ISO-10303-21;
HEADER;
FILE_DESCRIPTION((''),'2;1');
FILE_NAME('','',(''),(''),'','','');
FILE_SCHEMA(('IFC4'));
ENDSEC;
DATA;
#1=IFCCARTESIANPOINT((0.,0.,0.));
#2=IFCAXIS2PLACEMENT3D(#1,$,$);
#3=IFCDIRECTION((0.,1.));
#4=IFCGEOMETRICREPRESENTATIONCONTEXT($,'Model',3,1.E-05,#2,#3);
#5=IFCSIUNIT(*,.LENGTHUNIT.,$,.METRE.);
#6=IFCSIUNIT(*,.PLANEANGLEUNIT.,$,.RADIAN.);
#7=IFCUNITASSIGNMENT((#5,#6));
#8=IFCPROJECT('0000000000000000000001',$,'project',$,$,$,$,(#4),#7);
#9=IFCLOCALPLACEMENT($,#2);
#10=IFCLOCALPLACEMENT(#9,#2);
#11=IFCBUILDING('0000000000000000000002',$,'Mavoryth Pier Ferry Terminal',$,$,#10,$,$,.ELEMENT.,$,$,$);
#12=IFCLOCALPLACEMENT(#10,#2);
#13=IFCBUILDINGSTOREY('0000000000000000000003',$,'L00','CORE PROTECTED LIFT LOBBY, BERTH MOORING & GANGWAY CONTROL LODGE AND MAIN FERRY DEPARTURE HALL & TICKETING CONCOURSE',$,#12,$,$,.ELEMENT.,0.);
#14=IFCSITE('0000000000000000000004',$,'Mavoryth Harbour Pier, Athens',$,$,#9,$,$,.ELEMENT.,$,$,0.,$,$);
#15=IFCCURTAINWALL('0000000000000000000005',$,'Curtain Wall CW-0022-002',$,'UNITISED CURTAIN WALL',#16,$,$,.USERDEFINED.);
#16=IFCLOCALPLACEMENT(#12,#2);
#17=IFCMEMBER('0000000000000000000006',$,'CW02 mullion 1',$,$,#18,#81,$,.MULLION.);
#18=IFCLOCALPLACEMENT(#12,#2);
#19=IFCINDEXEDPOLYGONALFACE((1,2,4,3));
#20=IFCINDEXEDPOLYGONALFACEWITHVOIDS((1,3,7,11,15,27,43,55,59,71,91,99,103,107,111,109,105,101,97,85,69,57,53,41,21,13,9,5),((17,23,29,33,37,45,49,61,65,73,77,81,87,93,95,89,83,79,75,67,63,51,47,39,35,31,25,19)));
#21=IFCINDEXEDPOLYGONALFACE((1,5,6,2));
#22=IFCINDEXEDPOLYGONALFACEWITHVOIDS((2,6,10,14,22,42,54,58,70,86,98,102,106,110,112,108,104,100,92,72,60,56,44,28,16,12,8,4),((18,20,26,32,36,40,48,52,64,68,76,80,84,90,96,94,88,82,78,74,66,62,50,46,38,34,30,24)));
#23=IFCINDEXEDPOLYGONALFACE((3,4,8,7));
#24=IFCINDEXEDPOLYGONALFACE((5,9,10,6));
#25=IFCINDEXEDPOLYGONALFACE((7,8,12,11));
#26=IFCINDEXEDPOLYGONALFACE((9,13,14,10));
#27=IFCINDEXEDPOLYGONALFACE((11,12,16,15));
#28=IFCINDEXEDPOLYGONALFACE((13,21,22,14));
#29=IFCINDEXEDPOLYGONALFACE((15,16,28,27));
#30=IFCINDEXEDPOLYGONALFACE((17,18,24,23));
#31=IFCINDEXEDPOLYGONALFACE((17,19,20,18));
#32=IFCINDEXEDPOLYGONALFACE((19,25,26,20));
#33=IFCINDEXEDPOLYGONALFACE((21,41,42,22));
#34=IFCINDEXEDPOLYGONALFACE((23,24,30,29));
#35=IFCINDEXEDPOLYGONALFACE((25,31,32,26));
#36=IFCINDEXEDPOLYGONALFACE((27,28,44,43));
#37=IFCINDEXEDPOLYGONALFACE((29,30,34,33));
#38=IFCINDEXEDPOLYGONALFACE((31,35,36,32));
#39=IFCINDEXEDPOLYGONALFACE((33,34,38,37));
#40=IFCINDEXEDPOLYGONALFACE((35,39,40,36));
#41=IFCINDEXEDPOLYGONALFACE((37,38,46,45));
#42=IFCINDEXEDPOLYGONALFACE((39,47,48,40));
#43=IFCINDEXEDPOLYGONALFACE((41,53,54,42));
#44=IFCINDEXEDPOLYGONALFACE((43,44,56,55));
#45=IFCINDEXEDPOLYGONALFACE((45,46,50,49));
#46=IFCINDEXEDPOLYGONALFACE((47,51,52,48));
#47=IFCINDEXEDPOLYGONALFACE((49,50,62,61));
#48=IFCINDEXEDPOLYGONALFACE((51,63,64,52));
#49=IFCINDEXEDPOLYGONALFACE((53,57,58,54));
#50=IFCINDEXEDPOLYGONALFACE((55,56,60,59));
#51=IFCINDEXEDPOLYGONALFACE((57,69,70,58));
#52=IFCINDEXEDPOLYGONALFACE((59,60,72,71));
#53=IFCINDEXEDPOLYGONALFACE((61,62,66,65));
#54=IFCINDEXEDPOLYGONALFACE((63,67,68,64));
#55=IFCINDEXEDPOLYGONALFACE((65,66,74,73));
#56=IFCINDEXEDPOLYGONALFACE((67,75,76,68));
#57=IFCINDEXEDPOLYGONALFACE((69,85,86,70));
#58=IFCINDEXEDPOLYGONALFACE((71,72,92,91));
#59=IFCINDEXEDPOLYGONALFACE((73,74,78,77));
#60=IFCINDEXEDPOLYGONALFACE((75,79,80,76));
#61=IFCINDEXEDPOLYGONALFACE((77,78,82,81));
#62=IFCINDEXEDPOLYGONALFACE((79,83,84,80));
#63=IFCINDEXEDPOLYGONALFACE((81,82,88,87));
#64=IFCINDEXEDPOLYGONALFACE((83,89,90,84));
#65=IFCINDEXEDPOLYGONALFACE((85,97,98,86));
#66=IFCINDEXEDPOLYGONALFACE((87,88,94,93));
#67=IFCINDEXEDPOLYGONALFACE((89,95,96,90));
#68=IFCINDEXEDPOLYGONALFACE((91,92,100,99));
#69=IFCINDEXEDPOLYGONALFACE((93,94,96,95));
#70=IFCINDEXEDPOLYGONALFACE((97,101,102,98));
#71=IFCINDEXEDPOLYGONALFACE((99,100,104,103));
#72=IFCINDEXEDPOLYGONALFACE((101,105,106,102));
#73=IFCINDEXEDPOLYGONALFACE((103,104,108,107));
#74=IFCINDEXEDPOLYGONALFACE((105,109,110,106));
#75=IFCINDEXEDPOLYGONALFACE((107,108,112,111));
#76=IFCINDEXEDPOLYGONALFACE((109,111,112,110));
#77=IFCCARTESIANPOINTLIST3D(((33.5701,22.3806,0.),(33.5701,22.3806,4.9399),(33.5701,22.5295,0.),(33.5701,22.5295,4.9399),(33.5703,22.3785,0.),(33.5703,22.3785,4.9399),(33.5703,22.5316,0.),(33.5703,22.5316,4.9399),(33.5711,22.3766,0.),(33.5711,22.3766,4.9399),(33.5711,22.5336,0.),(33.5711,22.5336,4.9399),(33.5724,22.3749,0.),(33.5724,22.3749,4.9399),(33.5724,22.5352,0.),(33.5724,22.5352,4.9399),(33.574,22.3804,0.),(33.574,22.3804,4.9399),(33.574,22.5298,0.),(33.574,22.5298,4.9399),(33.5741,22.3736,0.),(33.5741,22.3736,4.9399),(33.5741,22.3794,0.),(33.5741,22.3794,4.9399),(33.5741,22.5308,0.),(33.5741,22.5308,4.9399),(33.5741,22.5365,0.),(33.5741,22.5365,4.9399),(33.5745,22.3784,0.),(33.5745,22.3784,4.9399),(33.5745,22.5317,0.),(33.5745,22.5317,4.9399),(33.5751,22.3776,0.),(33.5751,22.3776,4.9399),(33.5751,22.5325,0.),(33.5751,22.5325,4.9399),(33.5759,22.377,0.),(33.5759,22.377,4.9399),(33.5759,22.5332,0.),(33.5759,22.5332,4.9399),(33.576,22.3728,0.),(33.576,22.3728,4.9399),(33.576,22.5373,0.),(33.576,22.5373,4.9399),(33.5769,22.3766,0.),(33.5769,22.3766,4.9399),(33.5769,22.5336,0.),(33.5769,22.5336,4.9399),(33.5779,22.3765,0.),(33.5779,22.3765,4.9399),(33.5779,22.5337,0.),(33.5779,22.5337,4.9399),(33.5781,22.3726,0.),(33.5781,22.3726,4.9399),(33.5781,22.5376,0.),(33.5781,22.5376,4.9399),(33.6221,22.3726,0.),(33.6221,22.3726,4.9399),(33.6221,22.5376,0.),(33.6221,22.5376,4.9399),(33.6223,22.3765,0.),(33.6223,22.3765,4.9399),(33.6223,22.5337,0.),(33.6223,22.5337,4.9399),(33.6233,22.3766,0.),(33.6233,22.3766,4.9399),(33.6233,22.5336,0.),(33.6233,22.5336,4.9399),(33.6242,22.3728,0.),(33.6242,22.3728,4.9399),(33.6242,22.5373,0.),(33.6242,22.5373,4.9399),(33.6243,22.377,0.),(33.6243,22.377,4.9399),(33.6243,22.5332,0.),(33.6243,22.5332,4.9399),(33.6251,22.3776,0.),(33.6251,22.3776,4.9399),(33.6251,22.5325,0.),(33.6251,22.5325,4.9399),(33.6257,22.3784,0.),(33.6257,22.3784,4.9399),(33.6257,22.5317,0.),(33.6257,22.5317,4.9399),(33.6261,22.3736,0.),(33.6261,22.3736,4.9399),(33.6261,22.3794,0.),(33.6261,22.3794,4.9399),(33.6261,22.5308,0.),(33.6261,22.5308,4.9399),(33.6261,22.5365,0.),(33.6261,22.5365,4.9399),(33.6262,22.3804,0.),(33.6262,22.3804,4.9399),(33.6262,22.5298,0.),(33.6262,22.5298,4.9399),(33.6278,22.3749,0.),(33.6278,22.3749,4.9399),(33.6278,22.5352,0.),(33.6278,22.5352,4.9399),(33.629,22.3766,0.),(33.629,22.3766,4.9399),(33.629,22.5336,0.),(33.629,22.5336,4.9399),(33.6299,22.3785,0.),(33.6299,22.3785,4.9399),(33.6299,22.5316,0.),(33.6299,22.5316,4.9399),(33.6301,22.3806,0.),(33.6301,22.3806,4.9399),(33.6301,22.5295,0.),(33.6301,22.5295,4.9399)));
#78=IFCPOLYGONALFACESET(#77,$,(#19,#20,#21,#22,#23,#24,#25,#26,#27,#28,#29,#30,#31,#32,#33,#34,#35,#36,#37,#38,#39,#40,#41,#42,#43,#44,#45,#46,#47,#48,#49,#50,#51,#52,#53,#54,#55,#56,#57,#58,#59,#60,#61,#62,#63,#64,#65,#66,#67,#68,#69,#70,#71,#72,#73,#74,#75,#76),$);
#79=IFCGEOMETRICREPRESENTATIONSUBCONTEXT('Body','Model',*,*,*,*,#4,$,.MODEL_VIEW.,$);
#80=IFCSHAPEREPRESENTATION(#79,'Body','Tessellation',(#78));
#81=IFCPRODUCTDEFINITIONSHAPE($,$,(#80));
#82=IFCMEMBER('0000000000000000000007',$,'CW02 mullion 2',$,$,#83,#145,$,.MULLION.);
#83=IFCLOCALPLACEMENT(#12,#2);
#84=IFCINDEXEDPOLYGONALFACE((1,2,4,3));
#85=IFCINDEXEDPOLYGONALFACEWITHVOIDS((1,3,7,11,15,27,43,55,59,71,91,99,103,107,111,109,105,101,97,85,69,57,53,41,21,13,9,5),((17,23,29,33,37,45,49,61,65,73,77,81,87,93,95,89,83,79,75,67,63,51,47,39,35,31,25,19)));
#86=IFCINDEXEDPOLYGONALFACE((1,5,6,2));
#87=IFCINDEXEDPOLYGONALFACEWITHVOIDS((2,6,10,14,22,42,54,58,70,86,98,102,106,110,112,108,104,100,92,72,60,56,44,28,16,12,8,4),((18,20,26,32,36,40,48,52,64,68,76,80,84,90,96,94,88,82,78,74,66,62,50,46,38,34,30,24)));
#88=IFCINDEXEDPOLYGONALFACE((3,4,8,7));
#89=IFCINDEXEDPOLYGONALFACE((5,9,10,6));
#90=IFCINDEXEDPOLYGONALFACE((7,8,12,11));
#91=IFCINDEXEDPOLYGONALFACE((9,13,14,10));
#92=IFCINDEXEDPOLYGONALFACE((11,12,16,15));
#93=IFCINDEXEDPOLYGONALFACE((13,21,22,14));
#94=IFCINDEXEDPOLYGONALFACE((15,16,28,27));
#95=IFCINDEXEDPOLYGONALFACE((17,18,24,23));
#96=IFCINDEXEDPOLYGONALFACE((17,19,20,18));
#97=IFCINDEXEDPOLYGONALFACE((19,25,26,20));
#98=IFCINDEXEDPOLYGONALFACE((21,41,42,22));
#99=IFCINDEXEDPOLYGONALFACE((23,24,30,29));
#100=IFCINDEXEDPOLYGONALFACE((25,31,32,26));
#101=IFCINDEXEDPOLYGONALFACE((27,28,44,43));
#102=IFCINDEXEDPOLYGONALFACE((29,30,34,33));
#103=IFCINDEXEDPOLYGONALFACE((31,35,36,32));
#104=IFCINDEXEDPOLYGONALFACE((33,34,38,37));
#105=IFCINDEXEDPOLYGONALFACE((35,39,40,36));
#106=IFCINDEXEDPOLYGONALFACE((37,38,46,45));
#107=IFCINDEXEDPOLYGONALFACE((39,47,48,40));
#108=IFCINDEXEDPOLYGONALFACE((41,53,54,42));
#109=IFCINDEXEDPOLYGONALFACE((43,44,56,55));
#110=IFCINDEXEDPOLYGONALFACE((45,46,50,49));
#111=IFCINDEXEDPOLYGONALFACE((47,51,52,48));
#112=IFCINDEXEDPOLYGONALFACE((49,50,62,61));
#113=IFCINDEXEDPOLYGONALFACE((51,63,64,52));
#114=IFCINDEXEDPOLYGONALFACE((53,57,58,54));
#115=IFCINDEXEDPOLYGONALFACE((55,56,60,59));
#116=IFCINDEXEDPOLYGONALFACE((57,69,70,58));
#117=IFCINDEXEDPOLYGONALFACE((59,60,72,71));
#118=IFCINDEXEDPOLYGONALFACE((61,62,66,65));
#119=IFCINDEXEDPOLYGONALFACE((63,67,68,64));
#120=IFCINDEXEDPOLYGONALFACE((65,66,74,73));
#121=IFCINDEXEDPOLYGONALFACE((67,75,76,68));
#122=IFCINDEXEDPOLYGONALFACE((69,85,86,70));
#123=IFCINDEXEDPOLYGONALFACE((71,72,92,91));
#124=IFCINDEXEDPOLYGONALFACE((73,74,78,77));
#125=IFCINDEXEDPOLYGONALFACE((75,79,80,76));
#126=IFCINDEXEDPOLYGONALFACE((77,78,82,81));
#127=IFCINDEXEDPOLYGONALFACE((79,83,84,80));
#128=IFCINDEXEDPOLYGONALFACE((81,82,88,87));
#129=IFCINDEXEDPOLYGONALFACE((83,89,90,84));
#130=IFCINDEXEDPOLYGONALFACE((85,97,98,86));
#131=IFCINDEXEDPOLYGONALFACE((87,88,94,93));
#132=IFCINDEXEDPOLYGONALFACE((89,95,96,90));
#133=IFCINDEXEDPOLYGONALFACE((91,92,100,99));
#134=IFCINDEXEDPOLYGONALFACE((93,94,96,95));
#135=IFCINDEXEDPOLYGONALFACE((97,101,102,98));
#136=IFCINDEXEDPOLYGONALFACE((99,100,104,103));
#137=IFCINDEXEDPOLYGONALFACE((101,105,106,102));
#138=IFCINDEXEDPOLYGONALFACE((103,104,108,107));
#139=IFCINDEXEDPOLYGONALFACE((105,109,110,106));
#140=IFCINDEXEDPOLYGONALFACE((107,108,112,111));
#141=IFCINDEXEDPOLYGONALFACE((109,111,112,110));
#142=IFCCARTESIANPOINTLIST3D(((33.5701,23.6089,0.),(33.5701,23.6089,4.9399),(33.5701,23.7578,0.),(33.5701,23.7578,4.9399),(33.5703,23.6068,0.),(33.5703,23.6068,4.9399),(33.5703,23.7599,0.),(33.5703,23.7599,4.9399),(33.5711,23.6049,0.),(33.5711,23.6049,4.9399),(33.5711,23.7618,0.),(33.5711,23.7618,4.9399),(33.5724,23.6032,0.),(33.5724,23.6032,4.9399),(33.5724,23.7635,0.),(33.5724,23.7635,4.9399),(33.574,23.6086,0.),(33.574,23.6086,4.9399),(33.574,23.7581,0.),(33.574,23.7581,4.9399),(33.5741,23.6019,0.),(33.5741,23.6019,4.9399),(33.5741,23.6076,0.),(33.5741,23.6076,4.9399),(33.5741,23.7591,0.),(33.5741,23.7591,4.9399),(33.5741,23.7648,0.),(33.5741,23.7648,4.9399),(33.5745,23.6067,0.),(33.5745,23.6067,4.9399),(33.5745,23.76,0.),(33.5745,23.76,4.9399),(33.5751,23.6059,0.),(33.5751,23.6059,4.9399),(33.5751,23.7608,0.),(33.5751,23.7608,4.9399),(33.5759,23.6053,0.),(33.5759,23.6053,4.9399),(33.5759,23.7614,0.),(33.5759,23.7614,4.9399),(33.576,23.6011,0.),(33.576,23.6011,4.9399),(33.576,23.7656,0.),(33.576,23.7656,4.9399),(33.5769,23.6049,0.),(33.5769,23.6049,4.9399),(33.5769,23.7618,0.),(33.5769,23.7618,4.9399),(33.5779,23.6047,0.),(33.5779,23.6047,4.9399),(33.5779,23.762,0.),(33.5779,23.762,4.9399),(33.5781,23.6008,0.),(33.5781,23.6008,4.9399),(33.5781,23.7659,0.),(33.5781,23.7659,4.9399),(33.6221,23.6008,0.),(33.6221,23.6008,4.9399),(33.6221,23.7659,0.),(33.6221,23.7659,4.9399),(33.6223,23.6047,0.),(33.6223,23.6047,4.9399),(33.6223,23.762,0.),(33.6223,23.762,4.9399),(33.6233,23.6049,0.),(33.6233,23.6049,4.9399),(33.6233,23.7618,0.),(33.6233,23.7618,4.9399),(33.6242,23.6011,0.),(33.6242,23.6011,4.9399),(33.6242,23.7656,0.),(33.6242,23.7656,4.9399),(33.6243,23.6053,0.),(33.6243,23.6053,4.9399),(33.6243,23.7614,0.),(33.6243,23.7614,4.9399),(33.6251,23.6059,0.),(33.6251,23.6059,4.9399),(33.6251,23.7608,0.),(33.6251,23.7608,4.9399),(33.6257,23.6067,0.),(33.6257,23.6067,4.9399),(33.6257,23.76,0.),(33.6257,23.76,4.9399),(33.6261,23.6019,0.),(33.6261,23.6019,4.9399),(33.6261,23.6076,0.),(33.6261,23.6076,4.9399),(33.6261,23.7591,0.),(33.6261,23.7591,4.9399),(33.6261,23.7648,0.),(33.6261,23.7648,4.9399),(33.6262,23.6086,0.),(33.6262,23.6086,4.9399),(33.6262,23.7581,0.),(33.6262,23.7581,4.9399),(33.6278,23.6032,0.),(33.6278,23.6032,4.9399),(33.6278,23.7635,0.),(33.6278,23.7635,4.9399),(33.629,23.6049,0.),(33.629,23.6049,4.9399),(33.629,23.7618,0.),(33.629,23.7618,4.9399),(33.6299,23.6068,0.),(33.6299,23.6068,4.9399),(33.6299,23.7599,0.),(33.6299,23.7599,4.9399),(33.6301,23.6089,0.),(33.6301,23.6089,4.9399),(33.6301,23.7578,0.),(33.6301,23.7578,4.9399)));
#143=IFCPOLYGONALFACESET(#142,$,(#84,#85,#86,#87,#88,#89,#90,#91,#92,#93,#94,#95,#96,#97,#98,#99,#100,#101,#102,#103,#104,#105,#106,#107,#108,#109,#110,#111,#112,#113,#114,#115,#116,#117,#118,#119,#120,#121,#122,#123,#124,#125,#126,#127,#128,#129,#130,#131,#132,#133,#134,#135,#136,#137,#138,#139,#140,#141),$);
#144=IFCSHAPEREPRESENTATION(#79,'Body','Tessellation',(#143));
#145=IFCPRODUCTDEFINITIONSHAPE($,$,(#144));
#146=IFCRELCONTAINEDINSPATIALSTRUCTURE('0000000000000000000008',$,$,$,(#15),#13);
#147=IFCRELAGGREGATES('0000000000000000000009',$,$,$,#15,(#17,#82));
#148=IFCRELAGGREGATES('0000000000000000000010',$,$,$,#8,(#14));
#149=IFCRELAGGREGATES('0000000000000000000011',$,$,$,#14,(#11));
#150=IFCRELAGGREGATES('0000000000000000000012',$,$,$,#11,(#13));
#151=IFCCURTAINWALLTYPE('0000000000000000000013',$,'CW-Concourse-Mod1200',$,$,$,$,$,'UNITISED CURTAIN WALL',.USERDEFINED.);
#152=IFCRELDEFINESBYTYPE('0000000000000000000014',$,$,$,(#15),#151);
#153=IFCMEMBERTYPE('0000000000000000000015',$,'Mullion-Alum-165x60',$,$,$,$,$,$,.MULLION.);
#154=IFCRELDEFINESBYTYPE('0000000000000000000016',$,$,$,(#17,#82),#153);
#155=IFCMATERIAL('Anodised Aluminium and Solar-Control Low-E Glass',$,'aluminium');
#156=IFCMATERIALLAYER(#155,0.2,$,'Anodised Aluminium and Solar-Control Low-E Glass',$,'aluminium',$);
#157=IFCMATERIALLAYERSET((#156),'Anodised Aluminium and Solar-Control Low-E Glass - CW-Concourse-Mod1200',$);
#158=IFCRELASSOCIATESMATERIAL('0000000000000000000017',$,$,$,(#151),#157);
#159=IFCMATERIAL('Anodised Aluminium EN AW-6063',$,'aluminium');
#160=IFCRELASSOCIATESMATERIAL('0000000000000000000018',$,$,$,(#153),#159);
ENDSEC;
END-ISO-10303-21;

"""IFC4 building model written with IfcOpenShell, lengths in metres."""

from ifc_helpers import new_model, si_unit, direction, frame, origin, origin_2d, place, context, subcontext, project, spatial, hollow_rectangle, extrude, material, layer, layer_set, material_profile, profile_set, type_object, element, aggregate, save


model = new_model("IFC4")

# Units and contexts
model_context = context("Model", 3, precision=1e-05, world=origin(), true_north=direction((0.0, 1.0)))
body_context = subcontext(model_context, "Body", "Model", "MODEL_VIEW")
ifc_project = project(units=[si_unit("LENGTHUNIT", "METRE"), si_unit("PLANEANGLEUNIT", "RADIAN")], contexts=[model_context])

# Site, building, storey
site_placement = place(None, origin())
site = spatial("IfcSite", under=ifc_project, at=site_placement, Name="Mavoryth Harbour Pier, Athens", CompositionType="ELEMENT", RefElevation=0.0)
building_placement = place(site_placement, origin())
building = spatial("IfcBuilding", under=site, at=building_placement, Name="Mavoryth Pier Ferry Terminal", CompositionType="ELEMENT")
storey_placement = place(building_placement, origin())
storey = spatial("IfcBuildingStorey", under=building, at=storey_placement, Name="L00", Description="CORE PROTECTED LIFT LOBBY, BERTH MOORING & GANGWAY CONTROL LODGE AND MAIN FERRY DEPARTURE HALL & TICKETING CONCOURSE", CompositionType="ELEMENT", Elevation=0.0)

# Curtain wall, members
ifc_material_1 = material(Name="Anodised Aluminium and Solar-Control Low-E Glass", Category="aluminium")
ifc_layer_1 = layer(ifc_material_1, 0.2, Name="Anodised Aluminium and Solar-Control Low-E Glass", Category="aluminium")
ifc_layer_set_1 = layer_set([ifc_layer_1], Name="Anodised Aluminium and Solar-Control Low-E Glass - CW-Concourse-Mod1200")
curtain_wall_type = type_object("IfcCurtainWallType", Name="CW-Concourse-Mod1200", ElementType="UNITISED CURTAIN WALL", PredefinedType="USERDEFINED", material=ifc_layer_set_1)
curtain_wall_placement = place(storey_placement, origin())
curtain_wall = element("IfcCurtainWall", 1, at=curtain_wall_placement, inside=storey, type_object=curtain_wall_type, Name="Curtain Wall CW-0022-002", ObjectType="UNITISED CURTAIN WALL", PredefinedType="USERDEFINED")
ifc_material_2 = material(Name="Anodised Aluminium EN AW-6063", Category="aluminium")
ifc_material_profile_1 = material_profile(ifc_material_2, hollow_rectangle(XDim=0.0601, YDim=0.165, WallThickness=0.0039, InnerFilletRadius=0.0039, OuterFilletRadius=0.0081, at=origin_2d()), Name="AL-MULL 165x60x4", Category="aluminium")
ifc_profile_set_1 = profile_set([ifc_material_profile_1], Name="Anodised Aluminium EN AW-6063 - AL-MULL 165x60x4")
member_type_1 = type_object("IfcMemberType", Name="Mullion-Alum-165x60", PredefinedType="MULLION", material=ifc_profile_set_1)
member_1_placement = place(storey_placement, frame((33.6001, 22.4551, 0.0), z_axis=(0.0, 0.0, 1.0), x_axis=(-1.0, 0.0, 0.0)))
member_1 = element("IfcMember", 2, at=member_1_placement, type_object=member_type_1, Name="CW02 mullion 1", PredefinedType="MULLION", context=body_context, shape_type="SweptSolid", body=[
    extrude(hollow_rectangle(XDim=0.0601, YDim=0.165, WallThickness=0.0039, InnerFilletRadius=0.0039, OuterFilletRadius=0.0081, at=origin_2d()), origin(), (0.0, 0.0, 1.0), 4.9399),
])
member_2_placement = place(storey_placement, frame((33.6001, 23.6833, 0.0), z_axis=(0.0, 0.0, 1.0), x_axis=(-1.0, 0.0, 0.0)))
member_2 = element("IfcMember", 3, at=member_2_placement, type_object=member_type_1, Name="CW02 mullion 2", PredefinedType="MULLION", context=body_context, shape_type="SweptSolid", body=[
    extrude(hollow_rectangle(XDim=0.0601, YDim=0.165, WallThickness=0.0039, InnerFilletRadius=0.0039, OuterFilletRadius=0.0081, at=origin_2d()), origin(), (0.0, 0.0, 1.0), 4.9399),
])
aggregate(curtain_wall, [member_1, member_2])

save(model, "model.ifc")
